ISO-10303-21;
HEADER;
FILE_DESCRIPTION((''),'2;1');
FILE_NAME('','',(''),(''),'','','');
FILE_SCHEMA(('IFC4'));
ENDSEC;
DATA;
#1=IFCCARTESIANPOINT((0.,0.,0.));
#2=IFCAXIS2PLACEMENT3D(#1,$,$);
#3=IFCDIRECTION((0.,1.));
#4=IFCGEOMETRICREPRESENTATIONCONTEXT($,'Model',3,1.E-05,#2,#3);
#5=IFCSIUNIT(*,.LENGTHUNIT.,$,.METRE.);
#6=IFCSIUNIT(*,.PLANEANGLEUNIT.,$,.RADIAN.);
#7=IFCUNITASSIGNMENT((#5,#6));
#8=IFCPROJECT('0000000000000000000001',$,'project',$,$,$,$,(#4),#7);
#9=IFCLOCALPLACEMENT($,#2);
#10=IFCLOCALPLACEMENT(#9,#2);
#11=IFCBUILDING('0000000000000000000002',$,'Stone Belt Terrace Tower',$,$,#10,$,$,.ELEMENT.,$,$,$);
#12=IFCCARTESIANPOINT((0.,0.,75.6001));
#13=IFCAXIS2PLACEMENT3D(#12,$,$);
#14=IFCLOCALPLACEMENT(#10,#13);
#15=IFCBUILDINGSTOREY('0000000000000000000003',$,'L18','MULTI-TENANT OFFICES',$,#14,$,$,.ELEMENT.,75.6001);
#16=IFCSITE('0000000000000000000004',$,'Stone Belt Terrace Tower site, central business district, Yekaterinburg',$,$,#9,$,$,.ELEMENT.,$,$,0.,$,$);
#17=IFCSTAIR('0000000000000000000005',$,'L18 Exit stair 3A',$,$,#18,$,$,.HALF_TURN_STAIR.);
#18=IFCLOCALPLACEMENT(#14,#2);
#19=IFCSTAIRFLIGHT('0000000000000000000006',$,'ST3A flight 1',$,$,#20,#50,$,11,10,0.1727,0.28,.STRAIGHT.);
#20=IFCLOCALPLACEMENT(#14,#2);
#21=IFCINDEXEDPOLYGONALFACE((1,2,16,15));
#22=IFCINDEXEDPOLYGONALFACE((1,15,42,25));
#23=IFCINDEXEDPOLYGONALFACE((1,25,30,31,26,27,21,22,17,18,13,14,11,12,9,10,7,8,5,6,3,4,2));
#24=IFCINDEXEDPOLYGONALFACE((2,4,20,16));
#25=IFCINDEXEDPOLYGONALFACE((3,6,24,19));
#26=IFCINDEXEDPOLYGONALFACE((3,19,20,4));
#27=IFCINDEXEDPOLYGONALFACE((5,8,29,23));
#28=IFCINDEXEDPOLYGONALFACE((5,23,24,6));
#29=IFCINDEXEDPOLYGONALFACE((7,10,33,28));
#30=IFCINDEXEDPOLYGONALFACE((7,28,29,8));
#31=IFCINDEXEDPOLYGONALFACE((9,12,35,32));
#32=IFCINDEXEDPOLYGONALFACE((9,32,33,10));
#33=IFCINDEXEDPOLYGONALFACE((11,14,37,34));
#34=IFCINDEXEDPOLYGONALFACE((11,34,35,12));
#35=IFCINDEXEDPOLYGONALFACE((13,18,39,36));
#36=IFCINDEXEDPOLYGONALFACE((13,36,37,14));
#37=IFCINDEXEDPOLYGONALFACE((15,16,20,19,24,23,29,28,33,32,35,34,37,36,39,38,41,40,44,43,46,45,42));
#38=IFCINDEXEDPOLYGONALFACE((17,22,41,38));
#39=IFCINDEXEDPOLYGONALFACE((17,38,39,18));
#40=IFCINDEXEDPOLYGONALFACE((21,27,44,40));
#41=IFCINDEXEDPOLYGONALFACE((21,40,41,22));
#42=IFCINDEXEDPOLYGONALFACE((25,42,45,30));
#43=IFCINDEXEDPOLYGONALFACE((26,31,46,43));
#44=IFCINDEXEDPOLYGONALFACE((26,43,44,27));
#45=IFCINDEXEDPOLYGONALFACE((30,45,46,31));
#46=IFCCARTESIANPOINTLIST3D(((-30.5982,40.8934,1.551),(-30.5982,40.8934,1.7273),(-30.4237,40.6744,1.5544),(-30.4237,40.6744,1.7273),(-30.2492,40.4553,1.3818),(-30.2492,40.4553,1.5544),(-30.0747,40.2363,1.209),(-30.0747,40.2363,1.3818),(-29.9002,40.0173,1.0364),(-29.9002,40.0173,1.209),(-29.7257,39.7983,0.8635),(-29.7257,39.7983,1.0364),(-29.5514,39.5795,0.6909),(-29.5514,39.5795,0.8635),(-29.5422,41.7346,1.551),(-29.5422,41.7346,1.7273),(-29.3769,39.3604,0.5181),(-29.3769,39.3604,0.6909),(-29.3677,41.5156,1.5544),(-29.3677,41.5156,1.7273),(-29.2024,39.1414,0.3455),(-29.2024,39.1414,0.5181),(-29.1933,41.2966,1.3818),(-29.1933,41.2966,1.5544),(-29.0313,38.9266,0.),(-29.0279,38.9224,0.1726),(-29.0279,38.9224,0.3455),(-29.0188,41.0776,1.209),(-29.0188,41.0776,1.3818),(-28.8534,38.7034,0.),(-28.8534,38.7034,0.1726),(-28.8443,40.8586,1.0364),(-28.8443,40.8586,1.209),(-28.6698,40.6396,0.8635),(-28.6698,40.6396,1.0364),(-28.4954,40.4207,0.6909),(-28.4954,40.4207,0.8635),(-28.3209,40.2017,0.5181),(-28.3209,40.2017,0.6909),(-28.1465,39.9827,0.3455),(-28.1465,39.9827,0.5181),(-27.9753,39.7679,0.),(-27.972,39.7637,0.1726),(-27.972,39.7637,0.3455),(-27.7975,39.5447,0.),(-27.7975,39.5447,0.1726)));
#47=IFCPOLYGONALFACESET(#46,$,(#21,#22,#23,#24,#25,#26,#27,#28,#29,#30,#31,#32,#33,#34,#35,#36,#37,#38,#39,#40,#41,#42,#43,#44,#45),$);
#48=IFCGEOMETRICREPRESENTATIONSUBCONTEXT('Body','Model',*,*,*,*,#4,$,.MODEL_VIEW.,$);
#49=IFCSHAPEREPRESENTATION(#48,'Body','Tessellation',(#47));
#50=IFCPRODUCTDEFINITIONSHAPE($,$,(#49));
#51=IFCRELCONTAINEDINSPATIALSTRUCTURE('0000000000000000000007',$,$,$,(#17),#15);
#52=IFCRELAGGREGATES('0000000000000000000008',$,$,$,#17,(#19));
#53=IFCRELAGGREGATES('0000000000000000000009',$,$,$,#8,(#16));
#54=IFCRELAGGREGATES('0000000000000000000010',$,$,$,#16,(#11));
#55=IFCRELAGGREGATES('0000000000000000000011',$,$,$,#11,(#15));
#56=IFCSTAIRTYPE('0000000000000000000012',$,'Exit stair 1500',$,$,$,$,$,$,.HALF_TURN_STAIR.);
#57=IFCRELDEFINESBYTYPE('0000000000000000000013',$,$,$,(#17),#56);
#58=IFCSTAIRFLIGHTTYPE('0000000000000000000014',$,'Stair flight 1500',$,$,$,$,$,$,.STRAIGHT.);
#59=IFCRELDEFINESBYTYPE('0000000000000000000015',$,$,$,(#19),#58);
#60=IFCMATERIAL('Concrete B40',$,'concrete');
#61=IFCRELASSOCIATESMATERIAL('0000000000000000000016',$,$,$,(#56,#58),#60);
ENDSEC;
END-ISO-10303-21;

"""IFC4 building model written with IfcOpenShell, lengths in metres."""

from ifc_helpers import new_model, si_unit, direction, frame, origin, place, context, subcontext, project, spatial, polyline, outline, extrude, material, type_object, element, aggregate, save


model = new_model("IFC4")

# Units and contexts
model_context = context("Model", 3, precision=1e-05, world=origin(), true_north=direction((0.0, 1.0)))
body_context = subcontext(model_context, "Body", "Model", "MODEL_VIEW")
ifc_project = project(units=[si_unit("LENGTHUNIT", "METRE"), si_unit("PLANEANGLEUNIT", "RADIAN")], contexts=[model_context])

# Site, building, storey
site_placement = place(None, origin())
site = spatial("IfcSite", under=ifc_project, at=site_placement, Name="Stone Belt Terrace Tower site, central business district, Yekaterinburg", CompositionType="ELEMENT", RefElevation=0.0)
building_placement = place(site_placement, origin())
building = spatial("IfcBuilding", under=site, at=building_placement, Name="Stone Belt Terrace Tower", CompositionType="ELEMENT")
storey_placement = place(building_placement, frame((0.0, 0.0, 75.6001)))
storey = spatial("IfcBuildingStorey", under=building, at=storey_placement, Name="L18", Description="MULTI-TENANT OFFICES", CompositionType="ELEMENT", Elevation=75.6001)

# Stair, stair flight
ifc_material_1 = material(Name="Concrete B40", Category="concrete")
stair_type = type_object("IfcStairType", Name="Exit stair 1500", PredefinedType="HALF_TURN_STAIR", material=ifc_material_1)
stair_placement = place(storey_placement, origin())
stair = element("IfcStair", 1, at=stair_placement, inside=storey, type_object=stair_type, Name="L18 Exit stair 3A", PredefinedType="HALF_TURN_STAIR")
stair_flight_type = type_object("IfcStairFlightType", Name="Stair flight 1500", PredefinedType="STRAIGHT", material=ifc_material_1)
stair_flight_placement = place(storey_placement, frame((-28.3254, 39.124, 0.0), z_axis=(0.0, 0.0, 1.0), x_axis=(-0.623121, 0.782125, 0.0)))
stair_flight = element("IfcStairFlight", 2, at=stair_flight_placement, type_object=stair_flight_type, Name="ST3A flight 1", NumberOfRisers=11, NumberOfTreads=10, PredefinedType="STRAIGHT", RiserHeight=0.1727, TreadLength=0.28, context=body_context, shape_type="SweptSolid", body=[
    extrude(outline(polyline([(0.0, 0.0), (0.0, 0.1726), (0.28, 0.1726), (0.28, 0.3455), (0.5601, 0.3455), (0.5601, 0.5181), (0.8401, 0.5181), (0.8401, 0.6909), (1.1201, 0.6909), (1.1201, 0.8635), (1.3999, 0.8635), (1.3999, 1.0364), (1.6799, 1.0364), (1.6799, 1.209), (1.96, 1.209), (1.96, 1.3818), (2.24, 1.3818), (2.24, 1.5544), (2.52, 1.5544), (2.52, 1.7273), (2.8, 1.7273), (2.8, 1.8999), (2.8, 1.551), (0.2854, 0.0), (0.0, 0.0)])), frame((0.0, 0.675, 0.0), z_axis=(0.0, -1.0, 0.0), x_axis=(1.0, 0.0, 0.0)), (0.0, 0.0, 1.0), 1.3501),
])
aggregate(stair, [stair_flight])

save(model, "model.ifc")
